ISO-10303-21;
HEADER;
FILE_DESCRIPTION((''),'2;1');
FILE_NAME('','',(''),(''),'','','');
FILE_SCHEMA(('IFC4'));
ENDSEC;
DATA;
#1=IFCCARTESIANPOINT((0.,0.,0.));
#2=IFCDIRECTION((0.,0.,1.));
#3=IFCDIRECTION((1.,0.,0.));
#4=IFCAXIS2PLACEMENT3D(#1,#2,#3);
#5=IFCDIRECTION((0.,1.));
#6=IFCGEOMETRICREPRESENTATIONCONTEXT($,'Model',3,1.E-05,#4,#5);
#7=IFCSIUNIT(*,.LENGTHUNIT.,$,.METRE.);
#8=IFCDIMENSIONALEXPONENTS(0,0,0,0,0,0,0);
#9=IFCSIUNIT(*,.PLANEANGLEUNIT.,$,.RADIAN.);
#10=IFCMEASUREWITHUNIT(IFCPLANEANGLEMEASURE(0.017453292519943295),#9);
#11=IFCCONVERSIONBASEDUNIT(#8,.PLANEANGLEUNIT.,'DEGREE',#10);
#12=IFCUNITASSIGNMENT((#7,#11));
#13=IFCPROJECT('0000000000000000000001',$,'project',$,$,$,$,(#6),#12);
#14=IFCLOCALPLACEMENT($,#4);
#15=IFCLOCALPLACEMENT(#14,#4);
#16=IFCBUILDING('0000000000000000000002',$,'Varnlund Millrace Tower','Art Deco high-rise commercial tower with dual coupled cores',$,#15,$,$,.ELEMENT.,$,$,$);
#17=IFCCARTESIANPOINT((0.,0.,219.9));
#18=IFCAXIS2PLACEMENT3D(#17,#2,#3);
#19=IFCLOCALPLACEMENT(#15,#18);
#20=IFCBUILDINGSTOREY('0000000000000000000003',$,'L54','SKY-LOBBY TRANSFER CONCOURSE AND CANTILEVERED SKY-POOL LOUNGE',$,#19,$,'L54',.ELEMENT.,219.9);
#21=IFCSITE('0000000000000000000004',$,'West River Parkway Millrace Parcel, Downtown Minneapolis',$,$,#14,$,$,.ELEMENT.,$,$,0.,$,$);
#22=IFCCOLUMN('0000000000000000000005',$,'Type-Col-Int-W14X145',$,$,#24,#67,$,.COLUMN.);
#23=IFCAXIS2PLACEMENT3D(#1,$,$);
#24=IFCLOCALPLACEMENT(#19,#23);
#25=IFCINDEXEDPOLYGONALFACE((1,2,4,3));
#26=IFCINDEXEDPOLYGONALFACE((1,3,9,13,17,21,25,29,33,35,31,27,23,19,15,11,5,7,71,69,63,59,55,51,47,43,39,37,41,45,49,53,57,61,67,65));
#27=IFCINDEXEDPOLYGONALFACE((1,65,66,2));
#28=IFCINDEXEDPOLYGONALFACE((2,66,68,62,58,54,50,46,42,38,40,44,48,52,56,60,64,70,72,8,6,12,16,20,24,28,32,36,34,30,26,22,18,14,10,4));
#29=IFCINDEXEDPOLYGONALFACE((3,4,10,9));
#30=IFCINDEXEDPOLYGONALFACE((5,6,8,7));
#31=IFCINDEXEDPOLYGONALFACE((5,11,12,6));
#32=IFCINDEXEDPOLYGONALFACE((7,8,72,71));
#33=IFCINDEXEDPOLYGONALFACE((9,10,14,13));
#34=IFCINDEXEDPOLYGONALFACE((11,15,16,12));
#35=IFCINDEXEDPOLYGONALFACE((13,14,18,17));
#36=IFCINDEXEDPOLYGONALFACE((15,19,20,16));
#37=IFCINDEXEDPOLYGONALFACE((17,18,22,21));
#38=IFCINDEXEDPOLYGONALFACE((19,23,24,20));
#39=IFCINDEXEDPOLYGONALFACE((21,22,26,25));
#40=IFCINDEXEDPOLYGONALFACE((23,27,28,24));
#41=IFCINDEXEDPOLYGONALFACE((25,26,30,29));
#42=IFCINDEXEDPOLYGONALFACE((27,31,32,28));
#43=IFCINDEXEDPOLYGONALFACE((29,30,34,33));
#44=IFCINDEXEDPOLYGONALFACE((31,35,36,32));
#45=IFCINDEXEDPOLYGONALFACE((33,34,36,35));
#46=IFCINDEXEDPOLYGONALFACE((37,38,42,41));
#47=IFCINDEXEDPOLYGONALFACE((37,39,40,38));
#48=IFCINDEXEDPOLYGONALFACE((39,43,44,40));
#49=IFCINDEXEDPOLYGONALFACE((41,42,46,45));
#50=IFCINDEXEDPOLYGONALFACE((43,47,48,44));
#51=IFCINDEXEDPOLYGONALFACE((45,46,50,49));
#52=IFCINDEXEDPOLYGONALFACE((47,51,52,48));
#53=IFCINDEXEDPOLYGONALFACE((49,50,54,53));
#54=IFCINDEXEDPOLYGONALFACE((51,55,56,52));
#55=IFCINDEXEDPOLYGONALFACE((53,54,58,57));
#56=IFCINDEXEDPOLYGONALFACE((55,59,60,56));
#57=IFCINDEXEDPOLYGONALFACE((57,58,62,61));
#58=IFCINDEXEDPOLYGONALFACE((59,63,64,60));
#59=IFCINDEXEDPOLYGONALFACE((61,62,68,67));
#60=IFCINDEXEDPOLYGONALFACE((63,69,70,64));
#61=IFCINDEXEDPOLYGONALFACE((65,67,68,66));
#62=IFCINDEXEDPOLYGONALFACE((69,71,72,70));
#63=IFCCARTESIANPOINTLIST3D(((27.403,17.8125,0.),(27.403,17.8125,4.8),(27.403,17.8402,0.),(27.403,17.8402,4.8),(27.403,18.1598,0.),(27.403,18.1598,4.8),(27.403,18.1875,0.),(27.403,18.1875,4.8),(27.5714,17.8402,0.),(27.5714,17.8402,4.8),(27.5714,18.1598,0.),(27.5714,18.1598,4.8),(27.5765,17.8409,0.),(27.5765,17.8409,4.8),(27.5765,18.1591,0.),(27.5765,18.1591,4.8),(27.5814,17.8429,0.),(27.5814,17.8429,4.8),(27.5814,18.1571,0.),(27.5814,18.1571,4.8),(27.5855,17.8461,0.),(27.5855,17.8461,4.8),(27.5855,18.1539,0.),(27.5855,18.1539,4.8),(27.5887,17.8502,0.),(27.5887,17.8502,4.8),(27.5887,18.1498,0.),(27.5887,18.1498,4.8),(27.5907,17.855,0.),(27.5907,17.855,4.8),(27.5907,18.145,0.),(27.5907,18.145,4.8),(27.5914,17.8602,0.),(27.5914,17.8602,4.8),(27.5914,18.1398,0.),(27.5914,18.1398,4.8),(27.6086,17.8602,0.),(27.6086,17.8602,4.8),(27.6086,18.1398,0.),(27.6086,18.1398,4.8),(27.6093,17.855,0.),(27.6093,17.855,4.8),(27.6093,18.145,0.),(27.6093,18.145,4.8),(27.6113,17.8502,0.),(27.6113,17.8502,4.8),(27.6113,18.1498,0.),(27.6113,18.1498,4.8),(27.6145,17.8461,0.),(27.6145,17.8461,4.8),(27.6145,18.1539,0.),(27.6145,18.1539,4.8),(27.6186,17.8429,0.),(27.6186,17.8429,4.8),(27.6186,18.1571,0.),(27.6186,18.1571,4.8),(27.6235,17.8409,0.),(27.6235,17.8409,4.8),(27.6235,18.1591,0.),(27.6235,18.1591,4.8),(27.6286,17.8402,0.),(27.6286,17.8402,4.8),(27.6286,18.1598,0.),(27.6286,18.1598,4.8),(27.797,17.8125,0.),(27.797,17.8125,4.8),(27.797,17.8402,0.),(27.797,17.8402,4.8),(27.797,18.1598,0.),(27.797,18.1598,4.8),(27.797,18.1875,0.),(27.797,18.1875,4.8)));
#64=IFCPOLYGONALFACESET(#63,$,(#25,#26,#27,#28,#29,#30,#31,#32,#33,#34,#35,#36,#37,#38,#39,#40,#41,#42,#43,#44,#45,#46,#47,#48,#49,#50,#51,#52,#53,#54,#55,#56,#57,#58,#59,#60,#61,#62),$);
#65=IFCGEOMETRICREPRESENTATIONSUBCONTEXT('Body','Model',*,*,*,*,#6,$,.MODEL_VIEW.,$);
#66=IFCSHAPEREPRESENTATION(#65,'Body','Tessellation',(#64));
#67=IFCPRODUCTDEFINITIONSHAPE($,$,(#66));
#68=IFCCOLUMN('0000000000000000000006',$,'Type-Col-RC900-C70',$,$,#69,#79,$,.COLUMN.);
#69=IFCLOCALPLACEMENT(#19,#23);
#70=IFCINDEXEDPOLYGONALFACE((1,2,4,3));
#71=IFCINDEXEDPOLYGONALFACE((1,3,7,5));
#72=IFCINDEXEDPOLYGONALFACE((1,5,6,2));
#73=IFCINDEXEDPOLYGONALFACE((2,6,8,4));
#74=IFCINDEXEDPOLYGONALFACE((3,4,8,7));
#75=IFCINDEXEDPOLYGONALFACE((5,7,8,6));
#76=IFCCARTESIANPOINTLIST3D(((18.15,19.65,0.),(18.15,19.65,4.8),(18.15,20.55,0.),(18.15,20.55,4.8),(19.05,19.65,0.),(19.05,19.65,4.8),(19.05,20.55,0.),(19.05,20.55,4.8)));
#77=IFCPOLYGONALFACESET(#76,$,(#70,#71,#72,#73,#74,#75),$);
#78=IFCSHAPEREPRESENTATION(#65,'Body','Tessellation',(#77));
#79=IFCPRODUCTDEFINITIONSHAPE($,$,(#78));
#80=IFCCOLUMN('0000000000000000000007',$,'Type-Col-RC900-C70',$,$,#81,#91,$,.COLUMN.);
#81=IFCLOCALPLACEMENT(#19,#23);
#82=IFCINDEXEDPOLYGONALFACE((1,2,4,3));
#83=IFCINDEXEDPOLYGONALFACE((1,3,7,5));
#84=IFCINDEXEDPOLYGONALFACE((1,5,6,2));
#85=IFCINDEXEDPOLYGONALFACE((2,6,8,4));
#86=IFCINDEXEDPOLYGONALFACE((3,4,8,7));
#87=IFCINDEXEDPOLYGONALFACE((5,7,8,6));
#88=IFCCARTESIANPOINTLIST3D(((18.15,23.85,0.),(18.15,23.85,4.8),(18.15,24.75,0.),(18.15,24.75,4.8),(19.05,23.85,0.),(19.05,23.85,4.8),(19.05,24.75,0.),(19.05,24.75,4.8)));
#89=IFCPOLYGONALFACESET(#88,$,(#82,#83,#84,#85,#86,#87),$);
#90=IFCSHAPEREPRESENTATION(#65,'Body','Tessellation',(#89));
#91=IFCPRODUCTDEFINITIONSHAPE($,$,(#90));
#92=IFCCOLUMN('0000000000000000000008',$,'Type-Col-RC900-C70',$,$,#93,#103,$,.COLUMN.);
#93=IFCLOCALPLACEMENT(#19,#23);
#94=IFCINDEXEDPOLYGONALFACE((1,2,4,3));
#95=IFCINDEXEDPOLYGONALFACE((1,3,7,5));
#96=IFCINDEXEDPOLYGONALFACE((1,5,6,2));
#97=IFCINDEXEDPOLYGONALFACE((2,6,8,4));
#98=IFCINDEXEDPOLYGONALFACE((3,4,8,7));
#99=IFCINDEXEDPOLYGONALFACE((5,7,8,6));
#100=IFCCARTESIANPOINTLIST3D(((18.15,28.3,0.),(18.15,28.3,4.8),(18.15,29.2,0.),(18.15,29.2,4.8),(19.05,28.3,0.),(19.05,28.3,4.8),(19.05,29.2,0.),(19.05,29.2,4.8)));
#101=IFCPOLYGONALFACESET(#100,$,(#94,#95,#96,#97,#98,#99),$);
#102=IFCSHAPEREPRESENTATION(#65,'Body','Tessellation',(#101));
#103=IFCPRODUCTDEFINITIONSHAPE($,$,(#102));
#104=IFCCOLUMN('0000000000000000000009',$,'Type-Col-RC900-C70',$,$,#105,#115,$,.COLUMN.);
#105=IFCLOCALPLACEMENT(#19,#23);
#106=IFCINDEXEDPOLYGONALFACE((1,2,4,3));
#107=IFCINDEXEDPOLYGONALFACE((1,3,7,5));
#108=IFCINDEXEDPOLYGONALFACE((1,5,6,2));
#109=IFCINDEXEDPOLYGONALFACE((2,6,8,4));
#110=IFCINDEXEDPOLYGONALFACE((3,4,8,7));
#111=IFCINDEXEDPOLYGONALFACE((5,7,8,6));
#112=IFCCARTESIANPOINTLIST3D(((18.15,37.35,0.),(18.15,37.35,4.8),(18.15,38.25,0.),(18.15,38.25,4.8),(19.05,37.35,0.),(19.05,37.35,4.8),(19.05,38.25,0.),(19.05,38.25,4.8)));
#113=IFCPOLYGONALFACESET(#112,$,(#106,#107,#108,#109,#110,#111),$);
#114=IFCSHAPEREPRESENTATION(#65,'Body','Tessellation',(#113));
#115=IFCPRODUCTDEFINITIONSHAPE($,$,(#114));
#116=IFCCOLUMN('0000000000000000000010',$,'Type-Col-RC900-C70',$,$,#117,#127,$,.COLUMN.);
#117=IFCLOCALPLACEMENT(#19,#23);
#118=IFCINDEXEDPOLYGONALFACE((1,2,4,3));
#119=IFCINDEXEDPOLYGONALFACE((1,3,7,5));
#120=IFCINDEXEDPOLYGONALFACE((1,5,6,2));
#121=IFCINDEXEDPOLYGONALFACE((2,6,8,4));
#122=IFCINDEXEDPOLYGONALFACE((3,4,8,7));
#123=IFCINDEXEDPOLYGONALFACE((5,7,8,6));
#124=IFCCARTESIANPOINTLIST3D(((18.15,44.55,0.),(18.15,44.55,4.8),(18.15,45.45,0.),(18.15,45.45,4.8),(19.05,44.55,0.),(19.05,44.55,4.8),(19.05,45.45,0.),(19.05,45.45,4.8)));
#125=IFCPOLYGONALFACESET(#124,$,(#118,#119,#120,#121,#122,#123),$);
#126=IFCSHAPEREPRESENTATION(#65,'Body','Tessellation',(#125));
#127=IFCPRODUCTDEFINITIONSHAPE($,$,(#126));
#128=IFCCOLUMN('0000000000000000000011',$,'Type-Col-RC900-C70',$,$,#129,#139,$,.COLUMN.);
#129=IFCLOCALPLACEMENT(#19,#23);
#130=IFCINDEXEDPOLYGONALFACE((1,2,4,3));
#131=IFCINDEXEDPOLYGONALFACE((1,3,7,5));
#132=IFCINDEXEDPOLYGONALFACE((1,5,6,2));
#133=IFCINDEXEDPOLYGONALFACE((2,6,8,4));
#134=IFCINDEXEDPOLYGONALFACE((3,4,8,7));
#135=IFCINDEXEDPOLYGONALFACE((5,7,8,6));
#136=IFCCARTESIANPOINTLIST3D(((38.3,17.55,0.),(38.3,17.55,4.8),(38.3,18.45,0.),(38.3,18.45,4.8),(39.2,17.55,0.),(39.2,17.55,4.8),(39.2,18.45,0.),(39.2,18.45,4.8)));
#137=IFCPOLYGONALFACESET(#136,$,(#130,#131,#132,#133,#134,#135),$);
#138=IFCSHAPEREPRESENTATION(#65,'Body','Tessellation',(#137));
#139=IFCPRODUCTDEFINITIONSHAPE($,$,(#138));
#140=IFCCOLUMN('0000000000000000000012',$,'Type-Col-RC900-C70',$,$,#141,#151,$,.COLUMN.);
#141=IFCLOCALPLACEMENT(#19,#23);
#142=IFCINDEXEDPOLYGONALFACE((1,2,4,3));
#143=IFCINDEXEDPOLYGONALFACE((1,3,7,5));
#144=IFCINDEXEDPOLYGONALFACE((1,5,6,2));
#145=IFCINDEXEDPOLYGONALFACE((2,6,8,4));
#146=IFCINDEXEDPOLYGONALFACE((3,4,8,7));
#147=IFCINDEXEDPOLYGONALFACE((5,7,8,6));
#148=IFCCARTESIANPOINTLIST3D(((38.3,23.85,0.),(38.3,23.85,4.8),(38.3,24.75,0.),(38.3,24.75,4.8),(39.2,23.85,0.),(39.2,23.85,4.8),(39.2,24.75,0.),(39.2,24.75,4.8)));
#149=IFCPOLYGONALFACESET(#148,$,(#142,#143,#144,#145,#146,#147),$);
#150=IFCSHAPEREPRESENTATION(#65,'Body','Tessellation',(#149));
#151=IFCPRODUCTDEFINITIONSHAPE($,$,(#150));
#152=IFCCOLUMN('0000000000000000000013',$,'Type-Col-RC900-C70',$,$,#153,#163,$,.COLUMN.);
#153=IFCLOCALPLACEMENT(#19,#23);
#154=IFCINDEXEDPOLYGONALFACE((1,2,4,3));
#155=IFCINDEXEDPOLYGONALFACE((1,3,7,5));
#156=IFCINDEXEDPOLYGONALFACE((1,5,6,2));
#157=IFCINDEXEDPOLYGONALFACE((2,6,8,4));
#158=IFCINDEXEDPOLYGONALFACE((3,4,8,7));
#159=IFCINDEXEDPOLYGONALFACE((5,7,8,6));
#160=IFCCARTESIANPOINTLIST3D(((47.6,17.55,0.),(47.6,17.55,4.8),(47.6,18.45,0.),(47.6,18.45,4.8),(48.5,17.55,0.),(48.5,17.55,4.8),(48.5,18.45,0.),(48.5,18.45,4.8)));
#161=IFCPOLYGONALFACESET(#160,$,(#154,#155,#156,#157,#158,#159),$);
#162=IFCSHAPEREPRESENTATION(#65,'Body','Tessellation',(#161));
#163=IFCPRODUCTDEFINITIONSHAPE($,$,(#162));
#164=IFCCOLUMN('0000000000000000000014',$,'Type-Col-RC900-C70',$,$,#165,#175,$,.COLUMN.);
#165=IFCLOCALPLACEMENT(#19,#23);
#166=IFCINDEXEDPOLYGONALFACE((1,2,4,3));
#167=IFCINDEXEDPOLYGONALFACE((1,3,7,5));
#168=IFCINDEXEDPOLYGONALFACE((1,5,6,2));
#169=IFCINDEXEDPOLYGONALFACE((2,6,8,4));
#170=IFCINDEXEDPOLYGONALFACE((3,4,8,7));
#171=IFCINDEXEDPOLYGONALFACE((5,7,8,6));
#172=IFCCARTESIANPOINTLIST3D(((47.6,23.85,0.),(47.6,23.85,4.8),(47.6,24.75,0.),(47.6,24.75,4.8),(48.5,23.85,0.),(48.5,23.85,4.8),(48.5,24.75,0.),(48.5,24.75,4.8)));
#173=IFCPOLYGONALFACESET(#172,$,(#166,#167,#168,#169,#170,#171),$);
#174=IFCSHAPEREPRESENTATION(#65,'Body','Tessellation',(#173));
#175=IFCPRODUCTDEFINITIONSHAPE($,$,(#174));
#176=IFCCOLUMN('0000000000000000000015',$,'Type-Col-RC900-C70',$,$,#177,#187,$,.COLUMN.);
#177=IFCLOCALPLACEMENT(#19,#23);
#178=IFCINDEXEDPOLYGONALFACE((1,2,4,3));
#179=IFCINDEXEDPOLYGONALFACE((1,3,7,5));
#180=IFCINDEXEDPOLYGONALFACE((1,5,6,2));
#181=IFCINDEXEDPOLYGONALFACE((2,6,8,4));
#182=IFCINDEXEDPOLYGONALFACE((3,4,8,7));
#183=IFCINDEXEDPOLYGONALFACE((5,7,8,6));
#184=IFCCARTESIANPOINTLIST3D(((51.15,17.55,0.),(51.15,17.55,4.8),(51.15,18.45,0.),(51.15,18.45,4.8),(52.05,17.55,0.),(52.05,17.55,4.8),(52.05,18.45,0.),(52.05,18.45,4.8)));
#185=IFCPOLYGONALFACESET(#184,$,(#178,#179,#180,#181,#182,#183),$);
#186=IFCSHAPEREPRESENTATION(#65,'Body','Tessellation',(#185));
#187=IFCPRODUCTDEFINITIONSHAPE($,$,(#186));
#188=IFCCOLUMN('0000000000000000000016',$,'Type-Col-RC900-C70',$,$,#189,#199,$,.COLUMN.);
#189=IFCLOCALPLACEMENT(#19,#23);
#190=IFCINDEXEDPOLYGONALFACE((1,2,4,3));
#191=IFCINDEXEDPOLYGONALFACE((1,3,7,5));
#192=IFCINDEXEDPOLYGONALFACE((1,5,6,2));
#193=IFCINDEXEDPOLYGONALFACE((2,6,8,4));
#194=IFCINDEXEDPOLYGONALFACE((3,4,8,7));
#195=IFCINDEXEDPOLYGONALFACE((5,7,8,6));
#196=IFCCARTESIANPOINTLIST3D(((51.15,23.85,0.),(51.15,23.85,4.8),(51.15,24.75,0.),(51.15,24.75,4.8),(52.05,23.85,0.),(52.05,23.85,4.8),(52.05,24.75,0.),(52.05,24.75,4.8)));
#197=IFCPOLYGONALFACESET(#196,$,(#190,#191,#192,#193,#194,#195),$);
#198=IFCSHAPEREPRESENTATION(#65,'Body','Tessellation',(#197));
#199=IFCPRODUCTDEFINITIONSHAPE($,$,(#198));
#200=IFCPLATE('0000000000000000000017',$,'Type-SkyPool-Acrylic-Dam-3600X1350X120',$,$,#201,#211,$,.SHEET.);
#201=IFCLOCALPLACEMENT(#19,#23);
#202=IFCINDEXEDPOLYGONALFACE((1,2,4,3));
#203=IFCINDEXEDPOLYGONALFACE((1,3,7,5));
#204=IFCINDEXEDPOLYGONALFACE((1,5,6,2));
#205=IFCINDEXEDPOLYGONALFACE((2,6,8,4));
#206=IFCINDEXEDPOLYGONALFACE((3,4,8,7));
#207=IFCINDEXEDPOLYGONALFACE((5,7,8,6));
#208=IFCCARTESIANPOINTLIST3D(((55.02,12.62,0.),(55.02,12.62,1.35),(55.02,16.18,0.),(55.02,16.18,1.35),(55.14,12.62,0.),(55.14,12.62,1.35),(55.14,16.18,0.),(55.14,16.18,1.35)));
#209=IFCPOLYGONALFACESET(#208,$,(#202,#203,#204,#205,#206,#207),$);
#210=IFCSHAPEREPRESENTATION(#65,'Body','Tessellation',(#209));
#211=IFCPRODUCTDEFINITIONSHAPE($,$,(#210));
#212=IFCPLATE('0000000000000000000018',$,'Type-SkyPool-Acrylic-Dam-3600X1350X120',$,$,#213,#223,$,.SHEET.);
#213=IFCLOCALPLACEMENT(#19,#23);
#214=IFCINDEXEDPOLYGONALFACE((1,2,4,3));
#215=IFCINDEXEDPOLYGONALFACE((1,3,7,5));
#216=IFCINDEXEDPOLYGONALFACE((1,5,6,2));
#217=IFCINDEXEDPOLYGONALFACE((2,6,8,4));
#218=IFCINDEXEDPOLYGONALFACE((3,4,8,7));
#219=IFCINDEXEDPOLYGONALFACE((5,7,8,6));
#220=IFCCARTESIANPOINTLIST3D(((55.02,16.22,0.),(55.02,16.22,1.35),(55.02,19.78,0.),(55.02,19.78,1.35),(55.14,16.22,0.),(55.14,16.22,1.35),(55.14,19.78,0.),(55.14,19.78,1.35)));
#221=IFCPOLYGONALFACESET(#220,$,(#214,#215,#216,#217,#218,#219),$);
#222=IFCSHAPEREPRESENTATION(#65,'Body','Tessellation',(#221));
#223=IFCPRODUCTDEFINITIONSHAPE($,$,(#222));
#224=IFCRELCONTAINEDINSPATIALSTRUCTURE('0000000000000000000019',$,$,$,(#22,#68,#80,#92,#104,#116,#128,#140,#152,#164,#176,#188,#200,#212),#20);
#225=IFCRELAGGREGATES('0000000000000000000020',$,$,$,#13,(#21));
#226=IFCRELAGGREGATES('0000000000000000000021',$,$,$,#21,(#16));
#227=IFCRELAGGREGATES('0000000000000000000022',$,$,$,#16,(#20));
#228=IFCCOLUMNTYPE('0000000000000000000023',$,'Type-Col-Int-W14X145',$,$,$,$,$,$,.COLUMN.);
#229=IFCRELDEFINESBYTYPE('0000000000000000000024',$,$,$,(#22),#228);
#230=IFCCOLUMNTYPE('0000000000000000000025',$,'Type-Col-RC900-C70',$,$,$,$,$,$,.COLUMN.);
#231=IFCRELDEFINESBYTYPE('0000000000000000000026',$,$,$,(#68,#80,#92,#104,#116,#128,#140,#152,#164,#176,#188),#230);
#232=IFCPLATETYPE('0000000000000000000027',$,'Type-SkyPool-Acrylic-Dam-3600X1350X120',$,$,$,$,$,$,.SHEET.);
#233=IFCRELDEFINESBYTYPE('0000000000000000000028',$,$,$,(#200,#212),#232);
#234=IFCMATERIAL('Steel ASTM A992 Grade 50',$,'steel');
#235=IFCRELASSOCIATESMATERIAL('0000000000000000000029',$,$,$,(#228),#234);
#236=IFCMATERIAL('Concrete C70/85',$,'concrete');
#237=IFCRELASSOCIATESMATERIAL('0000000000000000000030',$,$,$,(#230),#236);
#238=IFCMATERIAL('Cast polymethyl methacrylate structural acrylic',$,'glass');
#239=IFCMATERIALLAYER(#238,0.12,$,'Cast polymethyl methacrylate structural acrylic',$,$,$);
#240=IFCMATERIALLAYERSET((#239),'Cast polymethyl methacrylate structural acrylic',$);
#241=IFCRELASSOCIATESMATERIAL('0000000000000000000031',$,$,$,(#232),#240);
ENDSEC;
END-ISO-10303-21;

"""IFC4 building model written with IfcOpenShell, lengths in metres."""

from ifc_helpers import new_model, entity, si_unit, converted_unit, direction, frame, origin_with_axes, origin_2d_with_axis, place, context, subcontext, project, spatial, rectangle, i_section, extrude, material, layer, layer_set, material_profile, profile_set, type_object, element, save


model = new_model("IFC4")

# Units and contexts
model_context = context("Model", 3, precision=1e-05, world=origin_with_axes(), true_north=direction((0.0, 1.0)))
body_context = subcontext(model_context, "Body", "Model", "MODEL_VIEW")
ifc_project = project(units=[si_unit("LENGTHUNIT", "METRE"), converted_unit("PLANEANGLEUNIT", "DEGREE", entity("IfcPlaneAngleMeasure", 0.017453292519943295), si_unit("PLANEANGLEUNIT", "RADIAN"), dimensions=[0, 0, 0, 0, 0, 0, 0])], contexts=[model_context])

# Site, building, storey
site_placement = place(None, origin_with_axes())
site = spatial("IfcSite", under=ifc_project, at=site_placement, Name="West River Parkway Millrace Parcel, Downtown Minneapolis", CompositionType="ELEMENT", RefElevation=0.0)
building_placement = place(site_placement, origin_with_axes())
building = spatial("IfcBuilding", under=site, at=building_placement, Name="Varnlund Millrace Tower", Description="Art Deco high-rise commercial tower with dual coupled cores", CompositionType="ELEMENT")
storey_placement = place(building_placement, frame((0.0, 0.0, 219.9), z_axis=(0.0, 0.0, 1.0), x_axis=(1.0, 0.0, 0.0)))
storey = spatial("IfcBuildingStorey", under=building, at=storey_placement, Name="L54", Description="SKY-LOBBY TRANSFER CONCOURSE AND CANTILEVERED SKY-POOL LOUNGE", LongName="L54", CompositionType="ELEMENT", Elevation=219.9)

# Columns
ifc_material_1 = material(Name="Steel ASTM A992 Grade 50", Category="steel")
ifc_material_profile_1 = material_profile(ifc_material_1, i_section(OverallWidth=0.394, OverallDepth=0.375, WebThickness=0.0173, FlangeThickness=0.0277, FilletRadius=0.02, at=origin_2d_with_axis()), Name="Steel ASTM A992 Grade 50")
ifc_profile_set_1 = profile_set([ifc_material_profile_1], Name="Steel ASTM A992 Grade 50")
column_type_1 = type_object("IfcColumnType", Name="Type-Col-Int-W14X145", PredefinedType="COLUMN", material=ifc_profile_set_1)
column_placement = place(storey_placement, frame((27.6, 18.0, 0.0), z_axis=(0.0, 0.0, 1.0), x_axis=(1.0, 0.0, 0.0)))
element("IfcColumn", 1, at=column_placement, inside=storey, type_object=column_type_1, Name="Type-Col-Int-W14X145", PredefinedType="COLUMN", context=body_context, shape_type="SweptSolid", body=[
    extrude(i_section(OverallWidth=0.394, OverallDepth=0.375, WebThickness=0.0173, FlangeThickness=0.0277, FilletRadius=0.02, at=origin_2d_with_axis()), origin_with_axes(), (0.0, 0.0, 1.0), 4.8),
])
ifc_material_2 = material(Name="Concrete C70/85", Category="concrete")
ifc_material_profile_2 = material_profile(ifc_material_2, rectangle(XDim=0.9, YDim=0.9, at=origin_2d_with_axis()), Name="Concrete C70/85")
ifc_profile_set_2 = profile_set([ifc_material_profile_2], Name="Concrete C70/85")
column_type_2 = type_object("IfcColumnType", Name="Type-Col-RC900-C70", PredefinedType="COLUMN", material=ifc_profile_set_2)
for number, where, z_axis, x_axis, name in (
    (2, (18.6, 20.1, 0.0), (0.0, 0.0, 1.0), (1.0, 0.0, 0.0), "Type-Col-RC900-C70"),
    (3, (18.6, 24.3, 0.0), (0.0, 0.0, 1.0), (1.0, 0.0, 0.0), "Type-Col-RC900-C70"),
    (4, (18.6, 28.75, 0.0), (0.0, 0.0, 1.0), (1.0, 0.0, 0.0), "Type-Col-RC900-C70"),
    (5, (18.6, 37.8, 0.0), (0.0, 0.0, 1.0), (1.0, 0.0, 0.0), "Type-Col-RC900-C70"),
    (6, (18.6, 45.0, 0.0), (0.0, 0.0, 1.0), (1.0, 0.0, 0.0), "Type-Col-RC900-C70"),
    (7, (38.75, 18.0, 0.0), (0.0, 0.0, 1.0), (1.0, 0.0, 0.0), "Type-Col-RC900-C70"),
    (8, (38.75, 24.3, 0.0), (0.0, 0.0, 1.0), (1.0, 0.0, 0.0), "Type-Col-RC900-C70"),
    (9, (48.05, 18.0, 0.0), (0.0, 0.0, 1.0), (1.0, 0.0, 0.0), "Type-Col-RC900-C70"),
    (10, (48.05, 24.3, 0.0), (0.0, 0.0, 1.0), (1.0, 0.0, 0.0), "Type-Col-RC900-C70"),
    (11, (51.6, 18.0, 0.0), (0.0, 0.0, 1.0), (1.0, 0.0, 0.0), "Type-Col-RC900-C70"),
    (12, (51.6, 24.3, 0.0), (0.0, 0.0, 1.0), (1.0, 0.0, 0.0), "Type-Col-RC900-C70"),
):
    element("IfcColumn", number, at=place(storey_placement, frame(where, z_axis=z_axis, x_axis=x_axis)), inside=storey, type_object=column_type_2, Name=name, PredefinedType="COLUMN", context=body_context, shape_type="SweptSolid", body=[
        extrude(rectangle(XDim=0.9, YDim=0.9, at=origin_2d_with_axis()), origin_with_axes(), (0.0, 0.0, 1.0), 4.8),
    ])

# Plates
ifc_material_3 = material(Name="Cast polymethyl methacrylate structural acrylic", Category="glass")
ifc_layer_1 = layer(ifc_material_3, 0.12, Name="Cast polymethyl methacrylate structural acrylic")
ifc_layer_set_1 = layer_set([ifc_layer_1], Name="Cast polymethyl methacrylate structural acrylic")
plate_type = type_object("IfcPlateType", Name="Type-SkyPool-Acrylic-Dam-3600X1350X120", PredefinedType="SHEET", material=ifc_layer_set_1)
for number, where, z_axis, x_axis, name in (
    (13, (55.08, 14.4, 0.0), (0.0, 0.0, 1.0), (0.0, 1.0, 0.0), "Type-SkyPool-Acrylic-Dam-3600X1350X120"),
    (14, (55.08, 18.0, 0.0), (0.0, 0.0, 1.0), (0.0, 1.0, 0.0), "Type-SkyPool-Acrylic-Dam-3600X1350X120"),
):
    element("IfcPlate", number, at=place(storey_placement, frame(where, z_axis=z_axis, x_axis=x_axis)), inside=storey, type_object=plate_type, Name=name, PredefinedType="SHEET", context=body_context, shape_type="SweptSolid", body=[
        extrude(rectangle(XDim=3.56, YDim=0.12, at=origin_2d_with_axis()), origin_with_axes(), (0.0, 0.0, 1.0), 1.35),
    ])

save(model, "model.ifc")
